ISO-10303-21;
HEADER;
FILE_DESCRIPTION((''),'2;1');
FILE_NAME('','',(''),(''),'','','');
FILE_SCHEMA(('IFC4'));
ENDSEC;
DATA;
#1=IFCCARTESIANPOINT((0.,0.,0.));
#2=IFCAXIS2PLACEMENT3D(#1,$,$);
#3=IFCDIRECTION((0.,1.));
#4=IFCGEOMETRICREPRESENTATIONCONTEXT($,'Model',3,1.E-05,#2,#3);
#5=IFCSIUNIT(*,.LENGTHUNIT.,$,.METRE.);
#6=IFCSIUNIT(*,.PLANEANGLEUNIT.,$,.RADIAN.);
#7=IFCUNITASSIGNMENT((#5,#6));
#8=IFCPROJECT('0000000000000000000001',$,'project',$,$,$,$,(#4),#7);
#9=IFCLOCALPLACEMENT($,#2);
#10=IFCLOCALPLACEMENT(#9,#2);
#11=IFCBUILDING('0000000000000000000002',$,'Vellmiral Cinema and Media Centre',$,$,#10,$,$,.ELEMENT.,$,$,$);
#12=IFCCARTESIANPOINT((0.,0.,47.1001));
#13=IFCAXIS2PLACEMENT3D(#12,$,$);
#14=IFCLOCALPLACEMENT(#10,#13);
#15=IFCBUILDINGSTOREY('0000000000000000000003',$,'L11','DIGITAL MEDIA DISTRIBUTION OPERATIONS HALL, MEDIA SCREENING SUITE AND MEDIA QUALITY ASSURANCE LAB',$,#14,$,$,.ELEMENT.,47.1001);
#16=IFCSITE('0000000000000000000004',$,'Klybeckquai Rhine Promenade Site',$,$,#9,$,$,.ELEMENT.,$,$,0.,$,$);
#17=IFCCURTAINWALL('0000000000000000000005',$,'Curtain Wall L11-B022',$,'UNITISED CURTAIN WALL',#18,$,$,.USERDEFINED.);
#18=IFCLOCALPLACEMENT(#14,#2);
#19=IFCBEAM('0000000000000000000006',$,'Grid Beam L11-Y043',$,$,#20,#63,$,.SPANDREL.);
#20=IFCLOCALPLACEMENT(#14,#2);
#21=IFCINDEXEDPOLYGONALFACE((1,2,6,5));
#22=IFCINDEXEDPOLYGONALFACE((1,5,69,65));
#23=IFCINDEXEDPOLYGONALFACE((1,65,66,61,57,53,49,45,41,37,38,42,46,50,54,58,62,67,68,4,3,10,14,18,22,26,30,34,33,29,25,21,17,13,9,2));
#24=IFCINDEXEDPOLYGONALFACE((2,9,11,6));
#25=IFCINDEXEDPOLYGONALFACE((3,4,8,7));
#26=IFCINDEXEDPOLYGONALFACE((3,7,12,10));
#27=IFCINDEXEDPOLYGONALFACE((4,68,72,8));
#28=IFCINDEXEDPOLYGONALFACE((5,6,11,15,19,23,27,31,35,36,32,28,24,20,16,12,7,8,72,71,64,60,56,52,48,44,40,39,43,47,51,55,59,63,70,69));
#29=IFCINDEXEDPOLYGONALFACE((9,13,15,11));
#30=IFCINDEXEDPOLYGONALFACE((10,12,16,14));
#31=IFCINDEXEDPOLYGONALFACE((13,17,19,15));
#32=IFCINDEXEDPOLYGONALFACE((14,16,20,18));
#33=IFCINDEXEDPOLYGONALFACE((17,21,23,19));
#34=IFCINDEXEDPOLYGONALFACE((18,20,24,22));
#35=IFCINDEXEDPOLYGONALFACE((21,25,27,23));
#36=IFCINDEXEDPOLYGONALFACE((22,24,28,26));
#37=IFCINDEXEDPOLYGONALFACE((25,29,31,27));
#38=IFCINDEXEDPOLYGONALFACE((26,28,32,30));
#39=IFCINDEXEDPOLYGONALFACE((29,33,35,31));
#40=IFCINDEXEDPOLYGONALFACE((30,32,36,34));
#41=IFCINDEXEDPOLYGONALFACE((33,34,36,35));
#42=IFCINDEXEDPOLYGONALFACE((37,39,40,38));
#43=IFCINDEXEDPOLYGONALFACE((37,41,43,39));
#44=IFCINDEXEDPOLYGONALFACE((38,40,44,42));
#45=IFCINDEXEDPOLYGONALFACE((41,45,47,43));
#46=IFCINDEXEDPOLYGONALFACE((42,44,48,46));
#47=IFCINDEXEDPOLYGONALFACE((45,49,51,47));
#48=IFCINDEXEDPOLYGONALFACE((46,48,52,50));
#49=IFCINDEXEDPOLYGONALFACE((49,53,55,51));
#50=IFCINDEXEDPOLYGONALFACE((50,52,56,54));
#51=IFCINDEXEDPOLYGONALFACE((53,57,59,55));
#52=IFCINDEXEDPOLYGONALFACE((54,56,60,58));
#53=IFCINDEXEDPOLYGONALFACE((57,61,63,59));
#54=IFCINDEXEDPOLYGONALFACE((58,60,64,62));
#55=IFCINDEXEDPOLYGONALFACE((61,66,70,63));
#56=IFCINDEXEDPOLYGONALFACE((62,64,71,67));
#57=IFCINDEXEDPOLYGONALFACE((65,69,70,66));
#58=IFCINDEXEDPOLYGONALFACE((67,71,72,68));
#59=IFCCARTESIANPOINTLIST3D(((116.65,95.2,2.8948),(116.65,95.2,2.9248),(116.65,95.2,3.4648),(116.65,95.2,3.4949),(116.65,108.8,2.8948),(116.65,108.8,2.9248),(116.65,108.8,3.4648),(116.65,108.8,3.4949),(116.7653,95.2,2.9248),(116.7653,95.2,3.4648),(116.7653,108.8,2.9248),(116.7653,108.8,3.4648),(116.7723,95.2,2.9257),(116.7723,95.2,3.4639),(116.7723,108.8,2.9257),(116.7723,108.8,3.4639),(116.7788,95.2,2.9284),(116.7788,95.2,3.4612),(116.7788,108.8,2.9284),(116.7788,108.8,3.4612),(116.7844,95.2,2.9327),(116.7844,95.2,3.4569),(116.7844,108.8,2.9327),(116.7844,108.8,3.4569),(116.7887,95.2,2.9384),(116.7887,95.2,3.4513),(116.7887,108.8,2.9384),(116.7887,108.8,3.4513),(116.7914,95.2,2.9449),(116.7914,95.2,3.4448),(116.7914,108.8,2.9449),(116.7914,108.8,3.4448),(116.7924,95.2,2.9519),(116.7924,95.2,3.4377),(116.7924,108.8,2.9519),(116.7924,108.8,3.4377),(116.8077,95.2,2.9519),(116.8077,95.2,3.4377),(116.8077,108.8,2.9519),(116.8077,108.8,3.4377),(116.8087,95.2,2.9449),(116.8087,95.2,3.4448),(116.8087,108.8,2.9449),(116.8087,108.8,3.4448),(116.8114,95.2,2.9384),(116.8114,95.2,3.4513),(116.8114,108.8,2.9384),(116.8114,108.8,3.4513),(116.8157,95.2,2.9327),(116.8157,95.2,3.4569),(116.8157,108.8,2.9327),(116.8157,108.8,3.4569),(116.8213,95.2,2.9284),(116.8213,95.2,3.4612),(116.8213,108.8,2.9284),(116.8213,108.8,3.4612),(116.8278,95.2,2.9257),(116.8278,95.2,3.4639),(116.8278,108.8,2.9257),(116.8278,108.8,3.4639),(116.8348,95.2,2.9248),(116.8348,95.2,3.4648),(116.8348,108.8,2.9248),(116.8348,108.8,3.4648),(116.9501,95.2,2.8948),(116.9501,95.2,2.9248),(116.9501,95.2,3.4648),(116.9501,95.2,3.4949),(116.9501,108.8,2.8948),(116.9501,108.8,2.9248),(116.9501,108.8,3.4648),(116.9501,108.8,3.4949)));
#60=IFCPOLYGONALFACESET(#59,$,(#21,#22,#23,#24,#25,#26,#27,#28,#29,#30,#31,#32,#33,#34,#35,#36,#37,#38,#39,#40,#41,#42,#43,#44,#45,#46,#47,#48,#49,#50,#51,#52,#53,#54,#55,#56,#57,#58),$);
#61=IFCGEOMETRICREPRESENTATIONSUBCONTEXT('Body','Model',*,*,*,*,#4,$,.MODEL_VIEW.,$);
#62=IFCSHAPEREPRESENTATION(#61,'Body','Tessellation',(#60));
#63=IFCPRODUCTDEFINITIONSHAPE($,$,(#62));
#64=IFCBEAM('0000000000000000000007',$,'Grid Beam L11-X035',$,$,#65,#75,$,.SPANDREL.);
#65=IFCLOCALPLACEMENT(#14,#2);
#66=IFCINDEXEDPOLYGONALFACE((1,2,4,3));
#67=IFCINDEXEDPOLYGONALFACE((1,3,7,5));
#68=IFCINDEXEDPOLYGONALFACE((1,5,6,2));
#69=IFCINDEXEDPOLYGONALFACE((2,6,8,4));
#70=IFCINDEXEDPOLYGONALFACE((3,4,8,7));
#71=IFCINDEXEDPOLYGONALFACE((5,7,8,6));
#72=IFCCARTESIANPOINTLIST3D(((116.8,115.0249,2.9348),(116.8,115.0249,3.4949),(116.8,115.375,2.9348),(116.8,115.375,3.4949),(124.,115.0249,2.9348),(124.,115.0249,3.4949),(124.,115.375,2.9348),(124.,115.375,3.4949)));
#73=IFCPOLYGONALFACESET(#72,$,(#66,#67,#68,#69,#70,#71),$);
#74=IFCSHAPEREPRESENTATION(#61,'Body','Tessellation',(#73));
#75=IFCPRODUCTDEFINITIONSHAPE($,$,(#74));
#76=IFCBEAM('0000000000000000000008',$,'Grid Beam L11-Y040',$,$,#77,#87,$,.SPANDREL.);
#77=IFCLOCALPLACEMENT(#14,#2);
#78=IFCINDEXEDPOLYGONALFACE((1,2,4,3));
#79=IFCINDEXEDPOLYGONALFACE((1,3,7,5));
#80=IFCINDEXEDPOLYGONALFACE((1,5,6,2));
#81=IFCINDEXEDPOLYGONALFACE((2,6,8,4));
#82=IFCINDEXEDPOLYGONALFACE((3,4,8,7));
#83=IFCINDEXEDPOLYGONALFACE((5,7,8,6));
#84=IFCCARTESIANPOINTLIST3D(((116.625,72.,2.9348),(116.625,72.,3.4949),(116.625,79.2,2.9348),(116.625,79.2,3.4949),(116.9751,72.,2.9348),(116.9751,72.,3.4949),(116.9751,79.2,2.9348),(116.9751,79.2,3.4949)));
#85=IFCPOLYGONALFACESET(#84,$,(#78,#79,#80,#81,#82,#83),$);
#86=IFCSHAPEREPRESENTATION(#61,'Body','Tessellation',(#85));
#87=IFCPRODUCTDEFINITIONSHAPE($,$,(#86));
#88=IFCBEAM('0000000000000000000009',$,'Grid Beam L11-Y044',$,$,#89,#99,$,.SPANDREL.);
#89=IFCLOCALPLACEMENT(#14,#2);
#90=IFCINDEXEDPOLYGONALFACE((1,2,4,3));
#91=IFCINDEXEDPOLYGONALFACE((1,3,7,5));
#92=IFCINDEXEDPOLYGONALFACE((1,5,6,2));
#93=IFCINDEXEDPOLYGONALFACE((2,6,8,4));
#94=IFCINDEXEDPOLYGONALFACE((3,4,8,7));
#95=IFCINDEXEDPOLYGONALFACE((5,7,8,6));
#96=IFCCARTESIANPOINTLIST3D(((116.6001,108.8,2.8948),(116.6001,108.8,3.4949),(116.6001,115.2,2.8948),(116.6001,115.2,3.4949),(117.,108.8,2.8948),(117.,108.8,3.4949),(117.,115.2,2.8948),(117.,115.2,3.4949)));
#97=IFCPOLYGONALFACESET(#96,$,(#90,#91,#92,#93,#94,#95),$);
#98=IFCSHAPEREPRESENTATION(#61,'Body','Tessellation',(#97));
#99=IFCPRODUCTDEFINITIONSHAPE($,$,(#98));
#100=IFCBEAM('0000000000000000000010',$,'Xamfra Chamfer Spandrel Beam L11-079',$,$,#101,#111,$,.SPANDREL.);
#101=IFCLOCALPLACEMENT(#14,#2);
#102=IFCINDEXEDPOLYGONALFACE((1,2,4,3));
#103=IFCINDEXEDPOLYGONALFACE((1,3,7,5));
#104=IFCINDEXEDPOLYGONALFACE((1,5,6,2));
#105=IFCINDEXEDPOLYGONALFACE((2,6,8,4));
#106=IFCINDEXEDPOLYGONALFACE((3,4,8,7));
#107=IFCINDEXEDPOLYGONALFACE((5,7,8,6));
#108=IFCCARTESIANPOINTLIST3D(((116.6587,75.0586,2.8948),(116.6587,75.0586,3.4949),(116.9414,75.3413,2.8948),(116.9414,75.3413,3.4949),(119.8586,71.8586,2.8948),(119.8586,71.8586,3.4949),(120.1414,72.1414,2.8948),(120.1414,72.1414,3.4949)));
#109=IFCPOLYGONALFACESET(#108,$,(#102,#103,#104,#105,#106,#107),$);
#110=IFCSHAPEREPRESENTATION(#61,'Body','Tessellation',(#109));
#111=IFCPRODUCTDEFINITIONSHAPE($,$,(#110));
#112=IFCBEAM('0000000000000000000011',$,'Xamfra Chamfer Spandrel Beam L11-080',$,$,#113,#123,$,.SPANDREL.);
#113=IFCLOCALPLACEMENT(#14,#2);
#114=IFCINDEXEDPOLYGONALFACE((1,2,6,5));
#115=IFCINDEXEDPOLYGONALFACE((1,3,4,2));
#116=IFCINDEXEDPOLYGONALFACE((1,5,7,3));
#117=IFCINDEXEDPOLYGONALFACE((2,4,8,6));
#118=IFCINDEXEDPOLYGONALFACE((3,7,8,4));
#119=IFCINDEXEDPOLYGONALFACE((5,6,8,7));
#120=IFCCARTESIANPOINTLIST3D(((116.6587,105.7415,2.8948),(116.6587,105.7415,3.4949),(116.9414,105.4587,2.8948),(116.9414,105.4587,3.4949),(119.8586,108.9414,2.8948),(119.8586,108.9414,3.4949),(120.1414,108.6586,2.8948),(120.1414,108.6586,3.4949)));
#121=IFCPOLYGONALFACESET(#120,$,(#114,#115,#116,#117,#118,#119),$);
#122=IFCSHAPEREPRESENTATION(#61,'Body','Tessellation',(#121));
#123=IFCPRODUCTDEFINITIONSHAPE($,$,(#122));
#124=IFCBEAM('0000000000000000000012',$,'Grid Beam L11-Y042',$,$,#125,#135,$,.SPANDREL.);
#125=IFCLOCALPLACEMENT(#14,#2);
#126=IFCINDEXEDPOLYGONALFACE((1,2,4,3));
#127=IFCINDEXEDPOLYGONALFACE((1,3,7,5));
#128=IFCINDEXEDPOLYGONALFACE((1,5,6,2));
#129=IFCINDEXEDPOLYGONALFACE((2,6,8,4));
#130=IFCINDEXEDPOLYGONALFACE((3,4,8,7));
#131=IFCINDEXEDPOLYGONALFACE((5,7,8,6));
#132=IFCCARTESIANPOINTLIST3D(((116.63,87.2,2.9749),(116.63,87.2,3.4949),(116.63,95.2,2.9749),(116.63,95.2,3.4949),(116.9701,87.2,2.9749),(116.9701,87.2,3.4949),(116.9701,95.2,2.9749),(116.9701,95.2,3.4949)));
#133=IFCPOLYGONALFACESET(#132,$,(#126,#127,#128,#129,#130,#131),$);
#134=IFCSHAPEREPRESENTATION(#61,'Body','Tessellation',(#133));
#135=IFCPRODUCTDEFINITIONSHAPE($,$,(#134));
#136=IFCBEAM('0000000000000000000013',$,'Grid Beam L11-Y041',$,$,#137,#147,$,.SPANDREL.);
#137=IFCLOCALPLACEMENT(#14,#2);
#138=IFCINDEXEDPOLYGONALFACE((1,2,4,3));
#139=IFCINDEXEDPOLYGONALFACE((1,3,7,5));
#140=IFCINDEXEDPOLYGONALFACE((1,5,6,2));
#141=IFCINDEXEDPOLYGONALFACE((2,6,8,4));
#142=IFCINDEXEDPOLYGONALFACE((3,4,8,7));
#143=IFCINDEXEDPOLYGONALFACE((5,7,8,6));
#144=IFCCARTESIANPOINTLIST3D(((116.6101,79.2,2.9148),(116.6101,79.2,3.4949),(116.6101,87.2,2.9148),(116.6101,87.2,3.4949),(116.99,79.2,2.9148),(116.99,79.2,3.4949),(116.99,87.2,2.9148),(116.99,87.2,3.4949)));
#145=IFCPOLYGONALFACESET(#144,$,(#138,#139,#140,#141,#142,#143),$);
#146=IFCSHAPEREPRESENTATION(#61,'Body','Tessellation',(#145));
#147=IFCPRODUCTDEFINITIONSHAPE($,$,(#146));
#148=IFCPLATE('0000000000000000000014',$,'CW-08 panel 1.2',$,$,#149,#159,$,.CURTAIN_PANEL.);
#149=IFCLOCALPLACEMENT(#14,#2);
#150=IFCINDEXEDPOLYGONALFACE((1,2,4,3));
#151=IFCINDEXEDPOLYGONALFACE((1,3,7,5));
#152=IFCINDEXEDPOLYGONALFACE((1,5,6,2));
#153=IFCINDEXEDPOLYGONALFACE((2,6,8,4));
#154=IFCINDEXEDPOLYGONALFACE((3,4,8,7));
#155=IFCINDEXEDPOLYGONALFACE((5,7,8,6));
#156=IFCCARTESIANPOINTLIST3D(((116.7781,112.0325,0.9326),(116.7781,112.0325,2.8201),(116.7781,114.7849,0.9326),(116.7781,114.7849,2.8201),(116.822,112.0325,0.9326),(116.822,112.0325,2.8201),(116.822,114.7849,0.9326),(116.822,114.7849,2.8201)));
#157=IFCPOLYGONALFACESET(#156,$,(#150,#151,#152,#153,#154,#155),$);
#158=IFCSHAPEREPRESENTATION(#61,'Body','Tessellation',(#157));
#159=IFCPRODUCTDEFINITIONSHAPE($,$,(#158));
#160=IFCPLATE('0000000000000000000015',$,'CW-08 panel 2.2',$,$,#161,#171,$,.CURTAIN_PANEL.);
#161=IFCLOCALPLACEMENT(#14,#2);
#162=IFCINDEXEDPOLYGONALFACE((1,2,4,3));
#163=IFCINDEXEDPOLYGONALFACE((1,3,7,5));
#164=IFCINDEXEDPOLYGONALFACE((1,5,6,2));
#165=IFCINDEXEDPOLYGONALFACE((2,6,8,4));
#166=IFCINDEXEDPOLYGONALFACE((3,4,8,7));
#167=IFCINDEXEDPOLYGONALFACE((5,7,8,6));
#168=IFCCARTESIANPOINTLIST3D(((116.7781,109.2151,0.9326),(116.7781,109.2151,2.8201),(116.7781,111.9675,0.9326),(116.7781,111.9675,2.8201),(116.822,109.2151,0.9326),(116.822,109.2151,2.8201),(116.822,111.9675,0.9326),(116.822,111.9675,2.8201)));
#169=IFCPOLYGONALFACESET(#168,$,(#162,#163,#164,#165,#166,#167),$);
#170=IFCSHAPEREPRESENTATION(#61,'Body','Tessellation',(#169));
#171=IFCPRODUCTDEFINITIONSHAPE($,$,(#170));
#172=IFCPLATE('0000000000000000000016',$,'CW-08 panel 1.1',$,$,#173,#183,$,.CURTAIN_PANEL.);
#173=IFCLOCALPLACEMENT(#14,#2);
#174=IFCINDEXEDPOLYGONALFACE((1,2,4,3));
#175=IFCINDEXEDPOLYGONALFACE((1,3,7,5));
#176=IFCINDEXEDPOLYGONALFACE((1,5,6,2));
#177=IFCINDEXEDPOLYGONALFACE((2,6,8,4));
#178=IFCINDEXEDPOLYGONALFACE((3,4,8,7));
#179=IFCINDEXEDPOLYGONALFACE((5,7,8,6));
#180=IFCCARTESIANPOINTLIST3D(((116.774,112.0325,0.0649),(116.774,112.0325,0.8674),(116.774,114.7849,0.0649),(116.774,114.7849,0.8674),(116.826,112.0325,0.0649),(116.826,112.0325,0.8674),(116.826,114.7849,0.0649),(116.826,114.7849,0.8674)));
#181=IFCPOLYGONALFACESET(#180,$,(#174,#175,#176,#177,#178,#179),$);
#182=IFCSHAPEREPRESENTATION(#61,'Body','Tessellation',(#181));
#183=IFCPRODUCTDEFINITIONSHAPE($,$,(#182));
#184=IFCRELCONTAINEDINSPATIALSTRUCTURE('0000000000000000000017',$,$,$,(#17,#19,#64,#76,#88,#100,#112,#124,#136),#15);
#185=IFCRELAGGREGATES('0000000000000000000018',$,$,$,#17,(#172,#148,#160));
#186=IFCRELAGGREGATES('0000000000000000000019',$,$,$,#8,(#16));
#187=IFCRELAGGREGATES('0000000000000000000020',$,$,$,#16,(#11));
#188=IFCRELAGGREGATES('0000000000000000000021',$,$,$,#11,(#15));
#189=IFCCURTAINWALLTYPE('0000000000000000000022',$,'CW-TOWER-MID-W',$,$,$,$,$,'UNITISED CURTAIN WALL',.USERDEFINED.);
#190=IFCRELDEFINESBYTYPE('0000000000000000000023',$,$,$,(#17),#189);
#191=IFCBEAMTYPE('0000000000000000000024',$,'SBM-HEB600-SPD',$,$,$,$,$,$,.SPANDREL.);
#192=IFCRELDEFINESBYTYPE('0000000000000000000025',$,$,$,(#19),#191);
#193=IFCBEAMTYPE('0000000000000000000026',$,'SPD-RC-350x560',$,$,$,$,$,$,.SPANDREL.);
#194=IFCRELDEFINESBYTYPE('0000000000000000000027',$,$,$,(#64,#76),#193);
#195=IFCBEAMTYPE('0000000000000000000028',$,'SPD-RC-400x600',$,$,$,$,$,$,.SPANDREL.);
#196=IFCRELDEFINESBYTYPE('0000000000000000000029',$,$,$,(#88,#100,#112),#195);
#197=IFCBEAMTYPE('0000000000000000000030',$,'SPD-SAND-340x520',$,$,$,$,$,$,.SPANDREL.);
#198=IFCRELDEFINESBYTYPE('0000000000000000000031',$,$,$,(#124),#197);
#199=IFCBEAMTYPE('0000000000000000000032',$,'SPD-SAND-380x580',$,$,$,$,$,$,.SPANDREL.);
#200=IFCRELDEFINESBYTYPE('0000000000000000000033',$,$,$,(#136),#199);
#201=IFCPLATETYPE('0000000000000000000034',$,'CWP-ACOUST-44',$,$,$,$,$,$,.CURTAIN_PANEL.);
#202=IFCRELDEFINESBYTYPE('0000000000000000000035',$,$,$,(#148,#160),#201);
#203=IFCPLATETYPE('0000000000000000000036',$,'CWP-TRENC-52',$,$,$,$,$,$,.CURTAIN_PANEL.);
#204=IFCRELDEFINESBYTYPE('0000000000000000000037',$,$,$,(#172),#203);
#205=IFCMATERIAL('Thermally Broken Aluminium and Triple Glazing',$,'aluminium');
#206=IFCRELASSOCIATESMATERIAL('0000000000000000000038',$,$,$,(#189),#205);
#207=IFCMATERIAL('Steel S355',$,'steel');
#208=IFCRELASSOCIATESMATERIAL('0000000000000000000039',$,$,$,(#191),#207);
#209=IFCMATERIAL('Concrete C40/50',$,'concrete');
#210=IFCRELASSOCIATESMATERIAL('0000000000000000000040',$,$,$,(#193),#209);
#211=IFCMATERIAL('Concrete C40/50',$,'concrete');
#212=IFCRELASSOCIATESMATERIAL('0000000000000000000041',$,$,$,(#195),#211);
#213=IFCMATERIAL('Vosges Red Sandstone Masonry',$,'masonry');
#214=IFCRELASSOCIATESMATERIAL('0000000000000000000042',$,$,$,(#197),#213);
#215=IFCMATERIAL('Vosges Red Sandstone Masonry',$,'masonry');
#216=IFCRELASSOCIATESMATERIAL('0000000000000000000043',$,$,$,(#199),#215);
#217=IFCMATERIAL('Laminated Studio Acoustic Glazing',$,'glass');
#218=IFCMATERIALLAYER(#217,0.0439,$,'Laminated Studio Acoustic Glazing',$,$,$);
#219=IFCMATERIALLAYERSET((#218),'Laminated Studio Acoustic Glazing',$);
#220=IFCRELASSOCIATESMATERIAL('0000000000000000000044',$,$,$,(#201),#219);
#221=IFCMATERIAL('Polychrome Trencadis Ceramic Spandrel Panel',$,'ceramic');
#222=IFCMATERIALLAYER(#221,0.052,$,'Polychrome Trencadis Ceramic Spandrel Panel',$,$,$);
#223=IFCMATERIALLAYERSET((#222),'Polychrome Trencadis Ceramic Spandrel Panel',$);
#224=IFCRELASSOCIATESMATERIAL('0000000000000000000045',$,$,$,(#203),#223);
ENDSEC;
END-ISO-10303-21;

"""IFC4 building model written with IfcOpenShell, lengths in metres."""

from ifc_helpers import new_model, si_unit, direction, frame, origin, origin_2d, place, context, subcontext, project, spatial, rectangle, i_section, extrude, material, layer, layer_set, material_profile, profile_set, type_object, element, aggregate, save


model = new_model("IFC4")

# Units and contexts
model_context = context("Model", 3, precision=1e-05, world=origin(), true_north=direction((0.0, 1.0)))
body_context = subcontext(model_context, "Body", "Model", "MODEL_VIEW")
ifc_project = project(units=[si_unit("LENGTHUNIT", "METRE"), si_unit("PLANEANGLEUNIT", "RADIAN")], contexts=[model_context])

# Site, building, storey
site_placement = place(None, origin())
site = spatial("IfcSite", under=ifc_project, at=site_placement, Name="Klybeckquai Rhine Promenade Site", CompositionType="ELEMENT", RefElevation=0.0)
building_placement = place(site_placement, origin())
building = spatial("IfcBuilding", under=site, at=building_placement, Name="Vellmiral Cinema and Media Centre", CompositionType="ELEMENT")
storey_placement = place(building_placement, frame((0.0, 0.0, 47.1001)))
storey = spatial("IfcBuildingStorey", under=building, at=storey_placement, Name="L11", Description="DIGITAL MEDIA DISTRIBUTION OPERATIONS HALL, MEDIA SCREENING SUITE AND MEDIA QUALITY ASSURANCE LAB", CompositionType="ELEMENT", Elevation=47.1001)

# Curtain wall
ifc_material_1 = material(Name="Thermally Broken Aluminium and Triple Glazing", Category="aluminium")
curtain_wall_type = type_object("IfcCurtainWallType", Name="CW-TOWER-MID-W", ElementType="UNITISED CURTAIN WALL", PredefinedType="USERDEFINED", material=ifc_material_1)
curtain_wall_1_placement = place(storey_placement, origin())
curtain_wall_1 = element("IfcCurtainWall", 1, at=curtain_wall_1_placement, inside=storey, type_object=curtain_wall_type, Name="Curtain Wall L11-B022", ObjectType="UNITISED CURTAIN WALL", PredefinedType="USERDEFINED")

# Beams
ifc_material_2 = material(Name="Steel S355", Category="steel")
ifc_material_profile_1 = material_profile(ifc_material_2, i_section(OverallWidth=0.3, OverallDepth=0.6001, WebThickness=0.0154, FlangeThickness=0.03, FilletRadius=0.0271, at=origin_2d()), Name="HEB 600")
ifc_profile_set_1 = profile_set([ifc_material_profile_1], Name="Steel S355")
beam_type_1 = type_object("IfcBeamType", Name="SBM-HEB600-SPD", PredefinedType="SPANDREL", material=ifc_profile_set_1)
beam_1_placement = place(storey_placement, frame((116.8, 95.2, 3.1948), z_axis=(0.0, 1.0, 0.0), x_axis=(-1.0, 0.0, 0.0)))
element("IfcBeam", 2, at=beam_1_placement, inside=storey, type_object=beam_type_1, Name="Grid Beam L11-Y043", PredefinedType="SPANDREL", context=body_context, shape_type="SweptSolid", body=[
    extrude(i_section(OverallWidth=0.3, OverallDepth=0.6001, WebThickness=0.0154, FlangeThickness=0.03, FilletRadius=0.0271, at=origin_2d()), origin(), (0.0, 0.0, 1.0), 13.6001),
])
ifc_material_3 = material(Name="Concrete C40/50", Category="concrete")
ifc_material_profile_2 = material_profile(ifc_material_3, rectangle(XDim=0.3501, YDim=0.5601, at=origin_2d()), Name="RC 350x560")
ifc_profile_set_2 = profile_set([ifc_material_profile_2], Name="Concrete C40/50")
beam_type_2 = type_object("IfcBeamType", Name="SPD-RC-350x560", PredefinedType="SPANDREL", material=ifc_profile_set_2)
for number, where, z_axis, x_axis, name in (
    (3, (116.8, 115.2, 3.2148), (1.0, 0.0, 0.0), (0.0, 1.0, 0.0), "Grid Beam L11-X035"),
    (4, (116.8, 72.0, 3.2148), (0.0, 1.0, 0.0), (-1.0, 0.0, 0.0), "Grid Beam L11-Y040"),
):
    element("IfcBeam", number, at=place(storey_placement, frame(where, z_axis=z_axis, x_axis=x_axis)), inside=storey, type_object=beam_type_2, Name=name, PredefinedType="SPANDREL", context=body_context, shape_type="SweptSolid", body=[
        extrude(rectangle(XDim=0.3501, YDim=0.5601, at=origin_2d()), origin(), (0.0, 0.0, 1.0), 7.2),
    ])
ifc_material_4 = material(Name="Concrete C40/50", Category="concrete")
ifc_material_profile_3 = material_profile(ifc_material_4, rectangle(XDim=0.3999, YDim=0.6001, at=origin_2d()), Name="RC 400x600")
ifc_profile_set_3 = profile_set([ifc_material_profile_3], Name="Concrete C40/50")
beam_type_3 = type_object("IfcBeamType", Name="SPD-RC-400x600", PredefinedType="SPANDREL", material=ifc_profile_set_3)
beam_2_placement = place(storey_placement, frame((116.8, 108.8, 3.1948), z_axis=(0.0, 1.0, 0.0), x_axis=(-1.0, 0.0, 0.0)))
element("IfcBeam", 5, at=beam_2_placement, inside=storey, type_object=beam_type_3, Name="Grid Beam L11-Y044", PredefinedType="SPANDREL", context=body_context, shape_type="SweptSolid", body=[
    extrude(rectangle(XDim=0.3999, YDim=0.6001, at=origin_2d()), origin(), (0.0, 0.0, 1.0), 6.3999),
])
for number, where, z_axis, x_axis, name in (
    (6, (116.8, 75.2, 3.1948), (0.707107, -0.707107, 0.0), (0.707107, 0.707107, 0.0), "Xamfra Chamfer Spandrel Beam L11-079"),
    (7, (116.8, 105.6001, 3.1948), (0.707107, 0.707107, 0.0), (-0.707107, 0.707107, 0.0), "Xamfra Chamfer Spandrel Beam L11-080"),
):
    element("IfcBeam", number, at=place(storey_placement, frame(where, z_axis=z_axis, x_axis=x_axis)), inside=storey, type_object=beam_type_3, Name=name, PredefinedType="SPANDREL", context=body_context, shape_type="SweptSolid", body=[
        extrude(rectangle(XDim=0.3999, YDim=0.6001, at=origin_2d()), origin(), (0.0, 0.0, 1.0), 4.5254),
    ])
ifc_material_5 = material(Name="Vosges Red Sandstone Masonry", Category="masonry")
ifc_material_profile_4 = material_profile(ifc_material_5, rectangle(XDim=0.3401, YDim=0.52, at=origin_2d()), Name="SAND 340x520")
ifc_profile_set_4 = profile_set([ifc_material_profile_4], Name="Vosges Red Sandstone Masonry")
beam_type_4 = type_object("IfcBeamType", Name="SPD-SAND-340x520", PredefinedType="SPANDREL", material=ifc_profile_set_4)
beam_3_placement = place(storey_placement, frame((116.8, 87.2, 3.2349), z_axis=(0.0, 1.0, 0.0), x_axis=(-1.0, 0.0, 0.0)))
element("IfcBeam", 8, at=beam_3_placement, inside=storey, type_object=beam_type_4, Name="Grid Beam L11-Y042", PredefinedType="SPANDREL", context=body_context, shape_type="SweptSolid", body=[
    extrude(rectangle(XDim=0.3401, YDim=0.52, at=origin_2d()), origin(), (0.0, 0.0, 1.0), 8.0),
])
ifc_material_6 = material(Name="Vosges Red Sandstone Masonry", Category="masonry")
ifc_material_profile_5 = material_profile(ifc_material_6, rectangle(XDim=0.3799, YDim=0.5801, at=origin_2d()), Name="SAND 380x580")
ifc_profile_set_5 = profile_set([ifc_material_profile_5], Name="Vosges Red Sandstone Masonry")
beam_type_5 = type_object("IfcBeamType", Name="SPD-SAND-380x580", PredefinedType="SPANDREL", material=ifc_profile_set_5)
beam_4_placement = place(storey_placement, frame((116.8, 79.2, 3.2048), z_axis=(0.0, 1.0, 0.0), x_axis=(-1.0, 0.0, 0.0)))
element("IfcBeam", 9, at=beam_4_placement, inside=storey, type_object=beam_type_5, Name="Grid Beam L11-Y041", PredefinedType="SPANDREL", context=body_context, shape_type="SweptSolid", body=[
    extrude(rectangle(XDim=0.3799, YDim=0.5801, at=origin_2d()), origin(), (0.0, 0.0, 1.0), 8.0),
])

# Plates
ifc_material_7 = material(Name="Laminated Studio Acoustic Glazing", Category="glass")
ifc_layer_1 = layer(ifc_material_7, 0.0439, Name="Laminated Studio Acoustic Glazing")
ifc_layer_set_1 = layer_set([ifc_layer_1], Name="Laminated Studio Acoustic Glazing")
plate_type_1 = type_object("IfcPlateType", Name="CWP-ACOUST-44", PredefinedType="CURTAIN_PANEL", material=ifc_layer_set_1)
plate_1_placement = place(storey_placement, frame((116.8, 113.4087, 0.9326), z_axis=(0.0, 0.0, 1.0), x_axis=(0.0, -1.0, 0.0)))
plate_1 = element("IfcPlate", 10, at=plate_1_placement, type_object=plate_type_1, Name="CW-08 panel 1.2", PredefinedType="CURTAIN_PANEL", context=body_context, shape_type="SweptSolid", body=[
    extrude(rectangle(XDim=2.7524, YDim=0.0439, at=origin_2d()), origin(), (0.0, 0.0, 1.0), 1.8875),
])
plate_2_placement = place(storey_placement, frame((116.8, 110.5913, 0.9326), z_axis=(0.0, 0.0, 1.0), x_axis=(0.0, -1.0, 0.0)))
plate_2 = element("IfcPlate", 11, at=plate_2_placement, type_object=plate_type_1, Name="CW-08 panel 2.2", PredefinedType="CURTAIN_PANEL", context=body_context, shape_type="SweptSolid", body=[
    extrude(rectangle(XDim=2.7524, YDim=0.0439, at=origin_2d()), origin(), (0.0, 0.0, 1.0), 1.8875),
])
ifc_material_8 = material(Name="Polychrome Trencadis Ceramic Spandrel Panel", Category="ceramic")
ifc_layer_2 = layer(ifc_material_8, 0.052, Name="Polychrome Trencadis Ceramic Spandrel Panel")
ifc_layer_set_2 = layer_set([ifc_layer_2], Name="Polychrome Trencadis Ceramic Spandrel Panel")
plate_type_2 = type_object("IfcPlateType", Name="CWP-TRENC-52", PredefinedType="CURTAIN_PANEL", material=ifc_layer_set_2)
plate_3_placement = place(storey_placement, frame((116.8, 113.4087, 0.0649), z_axis=(0.0, 0.0, 1.0), x_axis=(0.0, -1.0, 0.0)))
plate_3 = element("IfcPlate", 12, at=plate_3_placement, type_object=plate_type_2, Name="CW-08 panel 1.1", PredefinedType="CURTAIN_PANEL", context=body_context, shape_type="SweptSolid", body=[
    extrude(rectangle(XDim=2.7524, YDim=0.052, at=origin_2d()), origin(), (0.0, 0.0, 1.0), 0.8025),
])
aggregate(curtain_wall_1, [plate_3, plate_1, plate_2])

save(model, "model.ifc")
